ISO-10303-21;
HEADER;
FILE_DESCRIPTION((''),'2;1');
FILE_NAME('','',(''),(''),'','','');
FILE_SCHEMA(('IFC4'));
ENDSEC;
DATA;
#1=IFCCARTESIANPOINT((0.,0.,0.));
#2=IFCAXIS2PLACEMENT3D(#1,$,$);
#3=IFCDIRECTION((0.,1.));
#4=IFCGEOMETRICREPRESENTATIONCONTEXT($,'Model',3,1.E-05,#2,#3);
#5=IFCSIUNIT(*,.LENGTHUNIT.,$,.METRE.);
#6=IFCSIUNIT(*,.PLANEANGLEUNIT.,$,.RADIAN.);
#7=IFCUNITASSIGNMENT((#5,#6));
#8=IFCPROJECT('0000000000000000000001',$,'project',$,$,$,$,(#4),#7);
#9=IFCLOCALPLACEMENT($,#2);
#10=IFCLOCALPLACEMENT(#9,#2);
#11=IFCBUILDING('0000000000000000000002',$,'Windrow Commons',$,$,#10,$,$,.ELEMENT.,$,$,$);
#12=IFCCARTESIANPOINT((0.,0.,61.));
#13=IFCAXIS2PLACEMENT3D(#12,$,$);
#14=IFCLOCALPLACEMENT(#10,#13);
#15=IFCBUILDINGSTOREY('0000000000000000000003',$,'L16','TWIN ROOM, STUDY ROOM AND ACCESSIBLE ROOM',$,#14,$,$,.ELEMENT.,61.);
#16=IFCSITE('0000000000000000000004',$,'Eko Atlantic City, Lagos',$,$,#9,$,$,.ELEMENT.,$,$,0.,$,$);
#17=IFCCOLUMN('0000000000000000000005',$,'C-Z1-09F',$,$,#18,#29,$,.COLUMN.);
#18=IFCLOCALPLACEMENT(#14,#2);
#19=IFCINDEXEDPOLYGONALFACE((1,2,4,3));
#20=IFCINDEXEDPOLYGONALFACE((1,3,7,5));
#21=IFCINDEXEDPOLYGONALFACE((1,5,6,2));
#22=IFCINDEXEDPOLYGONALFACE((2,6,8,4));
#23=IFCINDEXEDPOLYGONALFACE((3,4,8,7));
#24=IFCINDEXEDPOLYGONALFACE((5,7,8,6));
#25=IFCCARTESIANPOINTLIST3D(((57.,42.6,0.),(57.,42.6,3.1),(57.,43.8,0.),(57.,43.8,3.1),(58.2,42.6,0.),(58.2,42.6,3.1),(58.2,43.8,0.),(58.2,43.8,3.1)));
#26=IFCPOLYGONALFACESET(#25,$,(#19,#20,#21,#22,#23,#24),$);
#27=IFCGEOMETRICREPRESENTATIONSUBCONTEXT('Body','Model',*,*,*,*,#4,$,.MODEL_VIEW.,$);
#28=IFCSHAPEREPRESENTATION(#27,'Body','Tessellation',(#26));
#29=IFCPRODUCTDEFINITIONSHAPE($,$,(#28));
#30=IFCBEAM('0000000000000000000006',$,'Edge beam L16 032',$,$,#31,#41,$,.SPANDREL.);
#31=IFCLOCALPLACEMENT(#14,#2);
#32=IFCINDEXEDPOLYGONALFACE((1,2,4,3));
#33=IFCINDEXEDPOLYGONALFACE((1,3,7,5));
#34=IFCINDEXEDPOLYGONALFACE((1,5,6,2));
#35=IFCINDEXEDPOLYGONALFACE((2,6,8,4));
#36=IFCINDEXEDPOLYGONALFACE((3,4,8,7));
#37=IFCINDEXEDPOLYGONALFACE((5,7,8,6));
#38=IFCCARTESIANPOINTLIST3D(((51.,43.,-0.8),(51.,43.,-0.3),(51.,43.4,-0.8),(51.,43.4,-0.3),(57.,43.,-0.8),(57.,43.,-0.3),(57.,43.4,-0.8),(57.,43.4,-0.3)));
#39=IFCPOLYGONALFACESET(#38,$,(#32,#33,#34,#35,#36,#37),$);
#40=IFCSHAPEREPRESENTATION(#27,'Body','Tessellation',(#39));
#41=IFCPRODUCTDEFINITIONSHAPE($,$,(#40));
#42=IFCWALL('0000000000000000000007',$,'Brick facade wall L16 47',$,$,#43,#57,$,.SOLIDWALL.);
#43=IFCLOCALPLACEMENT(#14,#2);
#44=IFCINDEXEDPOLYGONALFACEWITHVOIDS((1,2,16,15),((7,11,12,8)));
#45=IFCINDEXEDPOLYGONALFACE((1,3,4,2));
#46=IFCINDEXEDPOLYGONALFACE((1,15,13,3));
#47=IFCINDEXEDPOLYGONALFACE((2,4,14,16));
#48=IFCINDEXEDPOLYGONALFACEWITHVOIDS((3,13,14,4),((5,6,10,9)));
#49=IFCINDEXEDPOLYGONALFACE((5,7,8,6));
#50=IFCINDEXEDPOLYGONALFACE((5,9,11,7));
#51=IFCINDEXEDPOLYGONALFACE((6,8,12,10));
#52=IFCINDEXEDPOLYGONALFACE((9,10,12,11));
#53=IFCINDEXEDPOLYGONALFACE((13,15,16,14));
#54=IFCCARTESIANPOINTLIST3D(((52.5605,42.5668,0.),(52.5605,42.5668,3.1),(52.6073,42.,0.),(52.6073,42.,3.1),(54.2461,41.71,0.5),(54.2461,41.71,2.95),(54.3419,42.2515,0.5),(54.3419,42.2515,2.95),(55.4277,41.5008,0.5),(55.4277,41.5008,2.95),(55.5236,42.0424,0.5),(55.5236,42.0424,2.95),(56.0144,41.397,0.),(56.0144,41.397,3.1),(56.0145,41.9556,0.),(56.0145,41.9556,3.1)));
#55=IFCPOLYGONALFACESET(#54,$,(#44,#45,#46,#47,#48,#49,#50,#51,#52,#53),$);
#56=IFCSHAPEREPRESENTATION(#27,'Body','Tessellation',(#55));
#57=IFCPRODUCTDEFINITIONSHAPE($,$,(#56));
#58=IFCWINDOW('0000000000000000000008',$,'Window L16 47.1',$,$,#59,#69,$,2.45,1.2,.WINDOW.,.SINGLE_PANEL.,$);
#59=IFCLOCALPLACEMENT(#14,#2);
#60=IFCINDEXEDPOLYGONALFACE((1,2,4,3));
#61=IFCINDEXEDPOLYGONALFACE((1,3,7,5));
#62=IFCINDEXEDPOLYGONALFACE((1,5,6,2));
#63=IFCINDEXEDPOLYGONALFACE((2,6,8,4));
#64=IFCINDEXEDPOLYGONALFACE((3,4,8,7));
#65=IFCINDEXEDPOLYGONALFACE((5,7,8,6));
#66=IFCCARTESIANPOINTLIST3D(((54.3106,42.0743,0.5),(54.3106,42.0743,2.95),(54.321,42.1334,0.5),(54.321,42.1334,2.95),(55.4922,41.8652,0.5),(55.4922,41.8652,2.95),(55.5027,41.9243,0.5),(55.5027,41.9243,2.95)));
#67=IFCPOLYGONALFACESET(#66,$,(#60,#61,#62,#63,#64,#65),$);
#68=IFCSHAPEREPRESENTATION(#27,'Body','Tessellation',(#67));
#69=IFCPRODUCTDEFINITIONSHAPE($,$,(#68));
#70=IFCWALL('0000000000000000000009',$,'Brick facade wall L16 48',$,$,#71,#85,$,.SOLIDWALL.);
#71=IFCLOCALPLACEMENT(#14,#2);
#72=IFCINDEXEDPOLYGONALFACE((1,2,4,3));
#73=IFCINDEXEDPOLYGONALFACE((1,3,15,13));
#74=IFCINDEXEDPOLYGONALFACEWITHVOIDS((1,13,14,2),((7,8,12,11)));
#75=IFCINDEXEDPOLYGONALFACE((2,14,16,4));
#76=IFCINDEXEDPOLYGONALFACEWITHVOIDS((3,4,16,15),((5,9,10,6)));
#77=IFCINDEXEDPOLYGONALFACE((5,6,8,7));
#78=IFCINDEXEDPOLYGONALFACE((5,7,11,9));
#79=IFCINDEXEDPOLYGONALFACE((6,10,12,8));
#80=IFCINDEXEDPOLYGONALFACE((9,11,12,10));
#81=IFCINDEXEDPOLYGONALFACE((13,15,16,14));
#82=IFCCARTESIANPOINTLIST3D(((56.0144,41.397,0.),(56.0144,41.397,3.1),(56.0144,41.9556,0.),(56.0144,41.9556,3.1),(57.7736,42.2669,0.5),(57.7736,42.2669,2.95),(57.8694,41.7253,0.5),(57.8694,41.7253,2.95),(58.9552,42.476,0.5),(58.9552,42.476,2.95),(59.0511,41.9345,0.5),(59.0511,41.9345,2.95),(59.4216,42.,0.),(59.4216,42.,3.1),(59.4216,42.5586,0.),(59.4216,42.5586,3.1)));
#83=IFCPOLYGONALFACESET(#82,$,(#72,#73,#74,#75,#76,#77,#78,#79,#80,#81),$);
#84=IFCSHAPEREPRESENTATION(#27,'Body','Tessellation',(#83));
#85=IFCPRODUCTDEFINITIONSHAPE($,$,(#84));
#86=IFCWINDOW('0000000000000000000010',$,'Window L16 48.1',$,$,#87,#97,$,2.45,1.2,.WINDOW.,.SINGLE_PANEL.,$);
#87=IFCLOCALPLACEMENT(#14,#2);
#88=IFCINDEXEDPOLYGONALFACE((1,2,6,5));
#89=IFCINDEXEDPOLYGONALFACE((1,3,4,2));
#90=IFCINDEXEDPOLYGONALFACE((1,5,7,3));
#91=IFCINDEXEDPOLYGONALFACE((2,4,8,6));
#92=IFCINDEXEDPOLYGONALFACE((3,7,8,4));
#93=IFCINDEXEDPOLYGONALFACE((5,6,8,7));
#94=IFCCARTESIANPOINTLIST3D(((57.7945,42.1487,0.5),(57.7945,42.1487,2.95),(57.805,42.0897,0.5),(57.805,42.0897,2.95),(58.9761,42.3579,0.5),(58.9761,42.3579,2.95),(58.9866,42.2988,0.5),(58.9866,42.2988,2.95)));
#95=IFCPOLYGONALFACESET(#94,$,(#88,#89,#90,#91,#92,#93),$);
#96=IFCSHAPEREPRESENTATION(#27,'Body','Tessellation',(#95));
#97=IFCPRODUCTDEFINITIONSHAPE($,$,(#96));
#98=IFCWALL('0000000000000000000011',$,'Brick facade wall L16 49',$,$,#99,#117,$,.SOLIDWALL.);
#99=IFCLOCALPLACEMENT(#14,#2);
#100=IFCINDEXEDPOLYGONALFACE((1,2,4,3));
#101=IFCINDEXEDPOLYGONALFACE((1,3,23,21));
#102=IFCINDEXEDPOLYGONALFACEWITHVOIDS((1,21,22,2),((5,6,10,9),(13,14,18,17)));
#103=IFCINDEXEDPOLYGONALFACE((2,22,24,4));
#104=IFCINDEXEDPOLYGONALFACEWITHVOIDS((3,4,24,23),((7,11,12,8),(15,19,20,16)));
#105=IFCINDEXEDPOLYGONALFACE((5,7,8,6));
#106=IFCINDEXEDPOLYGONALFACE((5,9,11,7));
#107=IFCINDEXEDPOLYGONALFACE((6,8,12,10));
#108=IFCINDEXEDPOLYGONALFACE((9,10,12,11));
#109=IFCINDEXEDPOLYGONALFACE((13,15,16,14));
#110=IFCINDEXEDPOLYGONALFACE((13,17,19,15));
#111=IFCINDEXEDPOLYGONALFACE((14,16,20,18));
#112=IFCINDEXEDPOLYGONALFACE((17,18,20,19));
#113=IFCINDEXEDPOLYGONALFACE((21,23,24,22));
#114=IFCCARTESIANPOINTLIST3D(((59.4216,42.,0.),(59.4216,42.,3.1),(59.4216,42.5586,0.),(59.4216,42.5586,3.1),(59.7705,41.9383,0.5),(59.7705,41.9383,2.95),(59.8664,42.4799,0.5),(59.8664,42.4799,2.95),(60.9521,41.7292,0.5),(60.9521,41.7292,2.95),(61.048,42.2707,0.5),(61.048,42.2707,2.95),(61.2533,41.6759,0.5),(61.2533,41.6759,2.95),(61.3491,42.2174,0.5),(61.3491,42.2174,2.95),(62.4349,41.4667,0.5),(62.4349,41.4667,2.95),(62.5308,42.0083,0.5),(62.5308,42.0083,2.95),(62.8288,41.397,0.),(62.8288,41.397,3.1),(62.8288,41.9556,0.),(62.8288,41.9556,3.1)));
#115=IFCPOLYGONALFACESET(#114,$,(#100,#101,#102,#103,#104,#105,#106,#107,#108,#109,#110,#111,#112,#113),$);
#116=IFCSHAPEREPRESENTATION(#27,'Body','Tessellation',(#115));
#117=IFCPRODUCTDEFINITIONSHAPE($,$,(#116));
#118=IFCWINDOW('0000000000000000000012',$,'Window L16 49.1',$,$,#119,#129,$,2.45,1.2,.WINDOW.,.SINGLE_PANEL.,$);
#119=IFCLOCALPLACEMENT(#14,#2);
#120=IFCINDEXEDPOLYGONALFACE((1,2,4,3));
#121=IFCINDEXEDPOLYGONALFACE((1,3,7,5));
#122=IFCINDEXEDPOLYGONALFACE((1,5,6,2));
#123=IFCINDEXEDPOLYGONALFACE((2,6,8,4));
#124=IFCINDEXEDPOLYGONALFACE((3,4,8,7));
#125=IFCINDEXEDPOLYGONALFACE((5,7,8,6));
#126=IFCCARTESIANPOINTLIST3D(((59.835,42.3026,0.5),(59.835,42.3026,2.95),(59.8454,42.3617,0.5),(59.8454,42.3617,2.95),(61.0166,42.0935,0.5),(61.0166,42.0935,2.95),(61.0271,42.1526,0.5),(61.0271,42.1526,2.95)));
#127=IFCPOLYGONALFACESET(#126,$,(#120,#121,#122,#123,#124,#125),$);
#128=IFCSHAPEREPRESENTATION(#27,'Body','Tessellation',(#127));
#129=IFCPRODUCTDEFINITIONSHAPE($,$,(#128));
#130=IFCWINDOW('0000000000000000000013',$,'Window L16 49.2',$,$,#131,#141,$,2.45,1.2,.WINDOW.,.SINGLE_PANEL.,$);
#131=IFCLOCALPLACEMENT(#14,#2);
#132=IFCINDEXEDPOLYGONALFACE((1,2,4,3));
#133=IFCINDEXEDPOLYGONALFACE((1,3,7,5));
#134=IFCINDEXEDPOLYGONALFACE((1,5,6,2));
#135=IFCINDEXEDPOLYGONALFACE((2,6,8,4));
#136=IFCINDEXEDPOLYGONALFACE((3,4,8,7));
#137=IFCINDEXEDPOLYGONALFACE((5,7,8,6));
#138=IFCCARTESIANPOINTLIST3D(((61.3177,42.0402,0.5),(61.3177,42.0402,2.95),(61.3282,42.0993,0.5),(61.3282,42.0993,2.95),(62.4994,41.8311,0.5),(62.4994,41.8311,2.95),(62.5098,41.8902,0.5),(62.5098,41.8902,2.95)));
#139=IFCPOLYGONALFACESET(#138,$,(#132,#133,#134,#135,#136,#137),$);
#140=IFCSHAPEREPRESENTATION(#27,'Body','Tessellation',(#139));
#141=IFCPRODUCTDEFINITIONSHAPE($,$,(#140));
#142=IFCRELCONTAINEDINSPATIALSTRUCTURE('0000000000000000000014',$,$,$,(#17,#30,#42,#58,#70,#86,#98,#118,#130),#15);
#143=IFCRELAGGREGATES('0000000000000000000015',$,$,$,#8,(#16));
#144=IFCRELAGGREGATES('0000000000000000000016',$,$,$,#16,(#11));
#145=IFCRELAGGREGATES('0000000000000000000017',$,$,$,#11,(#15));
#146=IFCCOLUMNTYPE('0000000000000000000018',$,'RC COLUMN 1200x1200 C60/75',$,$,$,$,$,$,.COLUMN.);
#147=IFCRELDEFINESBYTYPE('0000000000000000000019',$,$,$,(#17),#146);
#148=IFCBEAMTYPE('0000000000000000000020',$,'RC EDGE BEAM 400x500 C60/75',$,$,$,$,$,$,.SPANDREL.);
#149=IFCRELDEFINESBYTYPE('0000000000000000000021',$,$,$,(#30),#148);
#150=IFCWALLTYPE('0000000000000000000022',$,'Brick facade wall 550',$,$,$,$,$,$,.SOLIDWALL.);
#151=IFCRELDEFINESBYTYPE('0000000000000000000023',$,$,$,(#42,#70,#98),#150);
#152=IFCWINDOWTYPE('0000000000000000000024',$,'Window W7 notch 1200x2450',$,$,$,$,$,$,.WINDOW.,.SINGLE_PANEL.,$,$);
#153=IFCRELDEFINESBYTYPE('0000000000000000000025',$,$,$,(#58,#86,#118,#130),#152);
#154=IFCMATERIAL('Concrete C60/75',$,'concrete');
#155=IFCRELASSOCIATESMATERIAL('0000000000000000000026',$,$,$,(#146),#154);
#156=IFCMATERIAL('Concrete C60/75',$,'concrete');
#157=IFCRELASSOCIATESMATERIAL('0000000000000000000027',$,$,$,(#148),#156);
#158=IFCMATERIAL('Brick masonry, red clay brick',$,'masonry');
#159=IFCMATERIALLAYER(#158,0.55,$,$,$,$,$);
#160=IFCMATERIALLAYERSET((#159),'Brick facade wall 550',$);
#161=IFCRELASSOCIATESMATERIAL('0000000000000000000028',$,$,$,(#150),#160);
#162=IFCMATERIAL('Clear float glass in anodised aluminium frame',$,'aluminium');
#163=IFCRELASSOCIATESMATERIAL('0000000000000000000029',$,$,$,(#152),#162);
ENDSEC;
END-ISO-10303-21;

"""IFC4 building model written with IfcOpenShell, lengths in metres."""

from ifc_helpers import new_model, si_unit, direction, frame, frame_2d, origin, origin_2d, place, context, subcontext, project, spatial, polyline, rectangle, outline, extrude, material, layer, layer_set, material_profile, profile_set, type_object, element, fill, save


model = new_model("IFC4")

# Units and contexts
model_context = context("Model", 3, precision=1e-05, world=origin(), true_north=direction((0.0, 1.0)))
body_context = subcontext(model_context, "Body", "Model", "MODEL_VIEW")
ifc_project = project(units=[si_unit("LENGTHUNIT", "METRE"), si_unit("PLANEANGLEUNIT", "RADIAN")], contexts=[model_context])

# Site, building, storey
site_placement = place(None, origin())
site = spatial("IfcSite", under=ifc_project, at=site_placement, Name="Eko Atlantic City, Lagos", CompositionType="ELEMENT", RefElevation=0.0)
building_placement = place(site_placement, origin())
building = spatial("IfcBuilding", under=site, at=building_placement, Name="Windrow Commons", CompositionType="ELEMENT")
storey_placement = place(building_placement, frame((0.0, 0.0, 61.0)))
storey = spatial("IfcBuildingStorey", under=building, at=storey_placement, Name="L16", Description="TWIN ROOM, STUDY ROOM AND ACCESSIBLE ROOM", CompositionType="ELEMENT", Elevation=61.0)

# Column
ifc_material_1 = material(Name="Concrete C60/75", Category="concrete")
ifc_material_profile_1 = material_profile(ifc_material_1, rectangle(XDim=1.2, YDim=1.2, at=origin_2d()))
ifc_profile_set_1 = profile_set([ifc_material_profile_1], Name="Concrete C60/75")
column_type = type_object("IfcColumnType", Name="RC COLUMN 1200x1200 C60/75", PredefinedType="COLUMN", material=ifc_profile_set_1)
column_placement = place(storey_placement, frame((57.6, 43.2, 0.0), z_axis=(0.0, 0.0, 1.0), x_axis=(1.0, 0.0, 0.0)))
element("IfcColumn", 1, at=column_placement, inside=storey, type_object=column_type, Name="C-Z1-09F", PredefinedType="COLUMN", context=body_context, shape_type="SweptSolid", body=[
    extrude(rectangle(XDim=1.2, YDim=1.2, at=origin_2d()), origin(), (0.0, 0.0, 1.0), 3.1),
])

# Beam
ifc_material_2 = material(Name="Concrete C60/75", Category="concrete")
ifc_material_profile_2 = material_profile(ifc_material_2, rectangle(XDim=0.4, YDim=0.5, at=origin_2d()))
ifc_profile_set_2 = profile_set([ifc_material_profile_2], Name="Concrete C60/75")
beam_type = type_object("IfcBeamType", Name="RC EDGE BEAM 400x500 C60/75", PredefinedType="SPANDREL", material=ifc_profile_set_2)
beam_placement = place(storey_placement, frame((57.0, 43.2, -0.55), z_axis=(-1.0, 0.0, 0.0), x_axis=(0.0, -1.0, 0.0)))
element("IfcBeam", 2, at=beam_placement, inside=storey, type_object=beam_type, Name="Edge beam L16 032", PredefinedType="SPANDREL", context=body_context, shape_type="SweptSolid", body=[
    extrude(rectangle(XDim=0.4, YDim=0.5, at=origin_2d()), origin(), (0.0, 0.0, 1.0), 6.0),
])

# Walls, openings, windows
ifc_material_3 = material(Name="Brick masonry, red clay brick", Category="masonry")
ifc_layer_1 = layer(ifc_material_3, 0.55)
ifc_layer_set_1 = layer_set([ifc_layer_1], Name="Brick facade wall 550")
wall_type_1 = type_object("IfcWallType", Name="Brick facade wall 550", PredefinedType="SOLIDWALL", material=ifc_layer_set_1)
wall_1_placement = place(storey_placement, frame((52.5839, 42.2834, 0.0), z_axis=(0.0, 0.0, 1.0), x_axis=(0.984699, -0.174263, 0.0)))
wall_1 = element("IfcWall", 3, at=wall_1_placement, inside=storey, type_object=wall_type_1, Name="Brick facade wall L16 47", PredefinedType="SOLIDWALL", context=body_context, shape_type="SweptSolid", body=[
    extrude(outline(polyline([(0.0724, -0.275), (3.5325, -0.275), (3.4352, 0.275), (-0.0724, 0.275), (0.0724, -0.275)])), origin(), (0.0, 0.0, 1.0), 3.1),
])
opening_1_placement = place(wall_1_placement, frame((1.7367, 0.0, 0.5)))
opening_1 = element("IfcOpeningElement", 4, at=opening_1_placement, cuts=wall_1, PredefinedType="OPENING", context=body_context, shape_type="SweptSolid", body=[
    extrude(rectangle(XDim=1.2, YDim=2.45, at=frame_2d((0.6, 1.225))), frame((0.0, 0.285, 0.0), z_axis=(0.0, -1.0, 0.0), x_axis=(1.0, 0.0, 0.0)), (0.0, 0.0, 1.0), 0.57),
])
ifc_material_4 = material(Name="Clear float glass in anodised aluminium frame", Category="aluminium")
window_type = type_object("IfcWindowType", Name="Window W7 notch 1200x2450", PartitioningType="SINGLE_PANEL", PredefinedType="WINDOW", material=ifc_material_4)
window_1_placement = place(opening_1_placement, origin())
window_1 = element("IfcWindow", 5, at=window_1_placement, inside=storey, type_object=window_type, Name="Window L16 47.1", OverallHeight=2.45, OverallWidth=1.2, PartitioningType="SINGLE_PANEL", PredefinedType="WINDOW", context=body_context, shape_type="SweptSolid", body=[
    extrude(rectangle(XDim=1.2, YDim=2.45, at=frame_2d((0.6, 1.225))), frame((0.0, 0.155, 0.0), z_axis=(0.0, -1.0, 0.0), x_axis=(1.0, 0.0, 0.0)), (0.0, 0.0, 1.0), 0.06),
])
fill(opening_1, window_1)
wall_2_placement = place(storey_placement, frame((56.0144, 41.6763, 0.0), z_axis=(0.0, 0.0, 1.0), x_axis=(0.984698, 0.17427, 0.0)))
wall_2 = element("IfcWall", 6, at=wall_2_placement, inside=storey, type_object=wall_type_1, Name="Brick facade wall L16 48", PredefinedType="SOLIDWALL", context=body_context, shape_type="SweptSolid", body=[
    extrude(outline(polyline([(-0.0487, -0.275), (3.4115, -0.275), (3.5088, 0.275), (0.0487, 0.275), (-0.0487, -0.275)])), origin(), (0.0, 0.0, 1.0), 3.1),
])
opening_2_placement = place(wall_2_placement, frame((1.8352, 0.0, 0.5)))
opening_2 = element("IfcOpeningElement", 7, at=opening_2_placement, cuts=wall_2, PredefinedType="OPENING", context=body_context, shape_type="SweptSolid", body=[
    extrude(rectangle(XDim=1.2, YDim=2.45, at=frame_2d((0.6, 1.225))), frame((0.0, 0.285, 0.0), z_axis=(0.0, -1.0, 0.0), x_axis=(1.0, 0.0, 0.0)), (0.0, 0.0, 1.0), 0.57),
])
window_2_placement = place(opening_2_placement, origin())
window_2 = element("IfcWindow", 8, at=window_2_placement, inside=storey, type_object=window_type, Name="Window L16 48.1", OverallHeight=2.45, OverallWidth=1.2, PartitioningType="SINGLE_PANEL", PredefinedType="WINDOW", context=body_context, shape_type="SweptSolid", body=[
    extrude(rectangle(XDim=1.2, YDim=2.45, at=frame_2d((0.6, 1.225))), frame((0.0, 0.155, 0.0), z_axis=(0.0, -1.0, 0.0), x_axis=(1.0, 0.0, 0.0)), (0.0, 0.0, 1.0), 0.06),
])
fill(opening_2, window_2)

# Wall, openings, windows
wall_3_placement = place(storey_placement, frame((59.4216, 42.2793, 0.0), z_axis=(0.0, 0.0, 1.0), x_axis=(0.984698, -0.17427, 0.0)))
wall_3 = element("IfcWall", 9, at=wall_3_placement, inside=storey, type_object=wall_type_1, Name="Brick facade wall L16 49", PredefinedType="SOLIDWALL", context=body_context, shape_type="SweptSolid", body=[
    extrude(outline(polyline([(0.0487, -0.275), (3.5088, -0.275), (3.4115, 0.275), (-0.0487, 0.275), (0.0487, -0.275)])), origin(), (0.0, 0.0, 1.0), 3.1),
])
opening_3_placement = place(wall_3_placement, frame((0.403, 0.0, 0.5)))
opening_3 = element("IfcOpeningElement", 10, at=opening_3_placement, cuts=wall_3, PredefinedType="OPENING", context=body_context, shape_type="SweptSolid", body=[
    extrude(rectangle(XDim=1.2, YDim=2.45, at=frame_2d((0.6, 1.225))), frame((0.0, 0.285, 0.0), z_axis=(0.0, -1.0, 0.0), x_axis=(1.0, 0.0, 0.0)), (0.0, 0.0, 1.0), 0.57),
])
opening_4_placement = place(wall_3_placement, frame((1.9088, 0.0, 0.5)))
opening_4 = element("IfcOpeningElement", 11, at=opening_4_placement, cuts=wall_3, PredefinedType="OPENING", context=body_context, shape_type="SweptSolid", body=[
    extrude(rectangle(XDim=1.2, YDim=2.45, at=frame_2d((0.6, 1.225))), frame((0.0, 0.285, 0.0), z_axis=(0.0, -1.0, 0.0), x_axis=(1.0, 0.0, 0.0)), (0.0, 0.0, 1.0), 0.57),
])
window_3_placement = place(opening_3_placement, origin())
window_3 = element("IfcWindow", 12, at=window_3_placement, inside=storey, type_object=window_type, Name="Window L16 49.1", OverallHeight=2.45, OverallWidth=1.2, PartitioningType="SINGLE_PANEL", PredefinedType="WINDOW", context=body_context, shape_type="SweptSolid", body=[
    extrude(rectangle(XDim=1.2, YDim=2.45, at=frame_2d((0.6, 1.225))), frame((0.0, 0.155, 0.0), z_axis=(0.0, -1.0, 0.0), x_axis=(1.0, 0.0, 0.0)), (0.0, 0.0, 1.0), 0.06),
])
fill(opening_3, window_3)
window_4_placement = place(opening_4_placement, origin())
window_4 = element("IfcWindow", 13, at=window_4_placement, inside=storey, type_object=window_type, Name="Window L16 49.2", OverallHeight=2.45, OverallWidth=1.2, PartitioningType="SINGLE_PANEL", PredefinedType="WINDOW", context=body_context, shape_type="SweptSolid", body=[
    extrude(rectangle(XDim=1.2, YDim=2.45, at=frame_2d((0.6, 1.225))), frame((0.0, 0.155, 0.0), z_axis=(0.0, -1.0, 0.0), x_axis=(1.0, 0.0, 0.0)), (0.0, 0.0, 1.0), 0.06),
])
fill(opening_4, window_4)

save(model, "model.ifc")
